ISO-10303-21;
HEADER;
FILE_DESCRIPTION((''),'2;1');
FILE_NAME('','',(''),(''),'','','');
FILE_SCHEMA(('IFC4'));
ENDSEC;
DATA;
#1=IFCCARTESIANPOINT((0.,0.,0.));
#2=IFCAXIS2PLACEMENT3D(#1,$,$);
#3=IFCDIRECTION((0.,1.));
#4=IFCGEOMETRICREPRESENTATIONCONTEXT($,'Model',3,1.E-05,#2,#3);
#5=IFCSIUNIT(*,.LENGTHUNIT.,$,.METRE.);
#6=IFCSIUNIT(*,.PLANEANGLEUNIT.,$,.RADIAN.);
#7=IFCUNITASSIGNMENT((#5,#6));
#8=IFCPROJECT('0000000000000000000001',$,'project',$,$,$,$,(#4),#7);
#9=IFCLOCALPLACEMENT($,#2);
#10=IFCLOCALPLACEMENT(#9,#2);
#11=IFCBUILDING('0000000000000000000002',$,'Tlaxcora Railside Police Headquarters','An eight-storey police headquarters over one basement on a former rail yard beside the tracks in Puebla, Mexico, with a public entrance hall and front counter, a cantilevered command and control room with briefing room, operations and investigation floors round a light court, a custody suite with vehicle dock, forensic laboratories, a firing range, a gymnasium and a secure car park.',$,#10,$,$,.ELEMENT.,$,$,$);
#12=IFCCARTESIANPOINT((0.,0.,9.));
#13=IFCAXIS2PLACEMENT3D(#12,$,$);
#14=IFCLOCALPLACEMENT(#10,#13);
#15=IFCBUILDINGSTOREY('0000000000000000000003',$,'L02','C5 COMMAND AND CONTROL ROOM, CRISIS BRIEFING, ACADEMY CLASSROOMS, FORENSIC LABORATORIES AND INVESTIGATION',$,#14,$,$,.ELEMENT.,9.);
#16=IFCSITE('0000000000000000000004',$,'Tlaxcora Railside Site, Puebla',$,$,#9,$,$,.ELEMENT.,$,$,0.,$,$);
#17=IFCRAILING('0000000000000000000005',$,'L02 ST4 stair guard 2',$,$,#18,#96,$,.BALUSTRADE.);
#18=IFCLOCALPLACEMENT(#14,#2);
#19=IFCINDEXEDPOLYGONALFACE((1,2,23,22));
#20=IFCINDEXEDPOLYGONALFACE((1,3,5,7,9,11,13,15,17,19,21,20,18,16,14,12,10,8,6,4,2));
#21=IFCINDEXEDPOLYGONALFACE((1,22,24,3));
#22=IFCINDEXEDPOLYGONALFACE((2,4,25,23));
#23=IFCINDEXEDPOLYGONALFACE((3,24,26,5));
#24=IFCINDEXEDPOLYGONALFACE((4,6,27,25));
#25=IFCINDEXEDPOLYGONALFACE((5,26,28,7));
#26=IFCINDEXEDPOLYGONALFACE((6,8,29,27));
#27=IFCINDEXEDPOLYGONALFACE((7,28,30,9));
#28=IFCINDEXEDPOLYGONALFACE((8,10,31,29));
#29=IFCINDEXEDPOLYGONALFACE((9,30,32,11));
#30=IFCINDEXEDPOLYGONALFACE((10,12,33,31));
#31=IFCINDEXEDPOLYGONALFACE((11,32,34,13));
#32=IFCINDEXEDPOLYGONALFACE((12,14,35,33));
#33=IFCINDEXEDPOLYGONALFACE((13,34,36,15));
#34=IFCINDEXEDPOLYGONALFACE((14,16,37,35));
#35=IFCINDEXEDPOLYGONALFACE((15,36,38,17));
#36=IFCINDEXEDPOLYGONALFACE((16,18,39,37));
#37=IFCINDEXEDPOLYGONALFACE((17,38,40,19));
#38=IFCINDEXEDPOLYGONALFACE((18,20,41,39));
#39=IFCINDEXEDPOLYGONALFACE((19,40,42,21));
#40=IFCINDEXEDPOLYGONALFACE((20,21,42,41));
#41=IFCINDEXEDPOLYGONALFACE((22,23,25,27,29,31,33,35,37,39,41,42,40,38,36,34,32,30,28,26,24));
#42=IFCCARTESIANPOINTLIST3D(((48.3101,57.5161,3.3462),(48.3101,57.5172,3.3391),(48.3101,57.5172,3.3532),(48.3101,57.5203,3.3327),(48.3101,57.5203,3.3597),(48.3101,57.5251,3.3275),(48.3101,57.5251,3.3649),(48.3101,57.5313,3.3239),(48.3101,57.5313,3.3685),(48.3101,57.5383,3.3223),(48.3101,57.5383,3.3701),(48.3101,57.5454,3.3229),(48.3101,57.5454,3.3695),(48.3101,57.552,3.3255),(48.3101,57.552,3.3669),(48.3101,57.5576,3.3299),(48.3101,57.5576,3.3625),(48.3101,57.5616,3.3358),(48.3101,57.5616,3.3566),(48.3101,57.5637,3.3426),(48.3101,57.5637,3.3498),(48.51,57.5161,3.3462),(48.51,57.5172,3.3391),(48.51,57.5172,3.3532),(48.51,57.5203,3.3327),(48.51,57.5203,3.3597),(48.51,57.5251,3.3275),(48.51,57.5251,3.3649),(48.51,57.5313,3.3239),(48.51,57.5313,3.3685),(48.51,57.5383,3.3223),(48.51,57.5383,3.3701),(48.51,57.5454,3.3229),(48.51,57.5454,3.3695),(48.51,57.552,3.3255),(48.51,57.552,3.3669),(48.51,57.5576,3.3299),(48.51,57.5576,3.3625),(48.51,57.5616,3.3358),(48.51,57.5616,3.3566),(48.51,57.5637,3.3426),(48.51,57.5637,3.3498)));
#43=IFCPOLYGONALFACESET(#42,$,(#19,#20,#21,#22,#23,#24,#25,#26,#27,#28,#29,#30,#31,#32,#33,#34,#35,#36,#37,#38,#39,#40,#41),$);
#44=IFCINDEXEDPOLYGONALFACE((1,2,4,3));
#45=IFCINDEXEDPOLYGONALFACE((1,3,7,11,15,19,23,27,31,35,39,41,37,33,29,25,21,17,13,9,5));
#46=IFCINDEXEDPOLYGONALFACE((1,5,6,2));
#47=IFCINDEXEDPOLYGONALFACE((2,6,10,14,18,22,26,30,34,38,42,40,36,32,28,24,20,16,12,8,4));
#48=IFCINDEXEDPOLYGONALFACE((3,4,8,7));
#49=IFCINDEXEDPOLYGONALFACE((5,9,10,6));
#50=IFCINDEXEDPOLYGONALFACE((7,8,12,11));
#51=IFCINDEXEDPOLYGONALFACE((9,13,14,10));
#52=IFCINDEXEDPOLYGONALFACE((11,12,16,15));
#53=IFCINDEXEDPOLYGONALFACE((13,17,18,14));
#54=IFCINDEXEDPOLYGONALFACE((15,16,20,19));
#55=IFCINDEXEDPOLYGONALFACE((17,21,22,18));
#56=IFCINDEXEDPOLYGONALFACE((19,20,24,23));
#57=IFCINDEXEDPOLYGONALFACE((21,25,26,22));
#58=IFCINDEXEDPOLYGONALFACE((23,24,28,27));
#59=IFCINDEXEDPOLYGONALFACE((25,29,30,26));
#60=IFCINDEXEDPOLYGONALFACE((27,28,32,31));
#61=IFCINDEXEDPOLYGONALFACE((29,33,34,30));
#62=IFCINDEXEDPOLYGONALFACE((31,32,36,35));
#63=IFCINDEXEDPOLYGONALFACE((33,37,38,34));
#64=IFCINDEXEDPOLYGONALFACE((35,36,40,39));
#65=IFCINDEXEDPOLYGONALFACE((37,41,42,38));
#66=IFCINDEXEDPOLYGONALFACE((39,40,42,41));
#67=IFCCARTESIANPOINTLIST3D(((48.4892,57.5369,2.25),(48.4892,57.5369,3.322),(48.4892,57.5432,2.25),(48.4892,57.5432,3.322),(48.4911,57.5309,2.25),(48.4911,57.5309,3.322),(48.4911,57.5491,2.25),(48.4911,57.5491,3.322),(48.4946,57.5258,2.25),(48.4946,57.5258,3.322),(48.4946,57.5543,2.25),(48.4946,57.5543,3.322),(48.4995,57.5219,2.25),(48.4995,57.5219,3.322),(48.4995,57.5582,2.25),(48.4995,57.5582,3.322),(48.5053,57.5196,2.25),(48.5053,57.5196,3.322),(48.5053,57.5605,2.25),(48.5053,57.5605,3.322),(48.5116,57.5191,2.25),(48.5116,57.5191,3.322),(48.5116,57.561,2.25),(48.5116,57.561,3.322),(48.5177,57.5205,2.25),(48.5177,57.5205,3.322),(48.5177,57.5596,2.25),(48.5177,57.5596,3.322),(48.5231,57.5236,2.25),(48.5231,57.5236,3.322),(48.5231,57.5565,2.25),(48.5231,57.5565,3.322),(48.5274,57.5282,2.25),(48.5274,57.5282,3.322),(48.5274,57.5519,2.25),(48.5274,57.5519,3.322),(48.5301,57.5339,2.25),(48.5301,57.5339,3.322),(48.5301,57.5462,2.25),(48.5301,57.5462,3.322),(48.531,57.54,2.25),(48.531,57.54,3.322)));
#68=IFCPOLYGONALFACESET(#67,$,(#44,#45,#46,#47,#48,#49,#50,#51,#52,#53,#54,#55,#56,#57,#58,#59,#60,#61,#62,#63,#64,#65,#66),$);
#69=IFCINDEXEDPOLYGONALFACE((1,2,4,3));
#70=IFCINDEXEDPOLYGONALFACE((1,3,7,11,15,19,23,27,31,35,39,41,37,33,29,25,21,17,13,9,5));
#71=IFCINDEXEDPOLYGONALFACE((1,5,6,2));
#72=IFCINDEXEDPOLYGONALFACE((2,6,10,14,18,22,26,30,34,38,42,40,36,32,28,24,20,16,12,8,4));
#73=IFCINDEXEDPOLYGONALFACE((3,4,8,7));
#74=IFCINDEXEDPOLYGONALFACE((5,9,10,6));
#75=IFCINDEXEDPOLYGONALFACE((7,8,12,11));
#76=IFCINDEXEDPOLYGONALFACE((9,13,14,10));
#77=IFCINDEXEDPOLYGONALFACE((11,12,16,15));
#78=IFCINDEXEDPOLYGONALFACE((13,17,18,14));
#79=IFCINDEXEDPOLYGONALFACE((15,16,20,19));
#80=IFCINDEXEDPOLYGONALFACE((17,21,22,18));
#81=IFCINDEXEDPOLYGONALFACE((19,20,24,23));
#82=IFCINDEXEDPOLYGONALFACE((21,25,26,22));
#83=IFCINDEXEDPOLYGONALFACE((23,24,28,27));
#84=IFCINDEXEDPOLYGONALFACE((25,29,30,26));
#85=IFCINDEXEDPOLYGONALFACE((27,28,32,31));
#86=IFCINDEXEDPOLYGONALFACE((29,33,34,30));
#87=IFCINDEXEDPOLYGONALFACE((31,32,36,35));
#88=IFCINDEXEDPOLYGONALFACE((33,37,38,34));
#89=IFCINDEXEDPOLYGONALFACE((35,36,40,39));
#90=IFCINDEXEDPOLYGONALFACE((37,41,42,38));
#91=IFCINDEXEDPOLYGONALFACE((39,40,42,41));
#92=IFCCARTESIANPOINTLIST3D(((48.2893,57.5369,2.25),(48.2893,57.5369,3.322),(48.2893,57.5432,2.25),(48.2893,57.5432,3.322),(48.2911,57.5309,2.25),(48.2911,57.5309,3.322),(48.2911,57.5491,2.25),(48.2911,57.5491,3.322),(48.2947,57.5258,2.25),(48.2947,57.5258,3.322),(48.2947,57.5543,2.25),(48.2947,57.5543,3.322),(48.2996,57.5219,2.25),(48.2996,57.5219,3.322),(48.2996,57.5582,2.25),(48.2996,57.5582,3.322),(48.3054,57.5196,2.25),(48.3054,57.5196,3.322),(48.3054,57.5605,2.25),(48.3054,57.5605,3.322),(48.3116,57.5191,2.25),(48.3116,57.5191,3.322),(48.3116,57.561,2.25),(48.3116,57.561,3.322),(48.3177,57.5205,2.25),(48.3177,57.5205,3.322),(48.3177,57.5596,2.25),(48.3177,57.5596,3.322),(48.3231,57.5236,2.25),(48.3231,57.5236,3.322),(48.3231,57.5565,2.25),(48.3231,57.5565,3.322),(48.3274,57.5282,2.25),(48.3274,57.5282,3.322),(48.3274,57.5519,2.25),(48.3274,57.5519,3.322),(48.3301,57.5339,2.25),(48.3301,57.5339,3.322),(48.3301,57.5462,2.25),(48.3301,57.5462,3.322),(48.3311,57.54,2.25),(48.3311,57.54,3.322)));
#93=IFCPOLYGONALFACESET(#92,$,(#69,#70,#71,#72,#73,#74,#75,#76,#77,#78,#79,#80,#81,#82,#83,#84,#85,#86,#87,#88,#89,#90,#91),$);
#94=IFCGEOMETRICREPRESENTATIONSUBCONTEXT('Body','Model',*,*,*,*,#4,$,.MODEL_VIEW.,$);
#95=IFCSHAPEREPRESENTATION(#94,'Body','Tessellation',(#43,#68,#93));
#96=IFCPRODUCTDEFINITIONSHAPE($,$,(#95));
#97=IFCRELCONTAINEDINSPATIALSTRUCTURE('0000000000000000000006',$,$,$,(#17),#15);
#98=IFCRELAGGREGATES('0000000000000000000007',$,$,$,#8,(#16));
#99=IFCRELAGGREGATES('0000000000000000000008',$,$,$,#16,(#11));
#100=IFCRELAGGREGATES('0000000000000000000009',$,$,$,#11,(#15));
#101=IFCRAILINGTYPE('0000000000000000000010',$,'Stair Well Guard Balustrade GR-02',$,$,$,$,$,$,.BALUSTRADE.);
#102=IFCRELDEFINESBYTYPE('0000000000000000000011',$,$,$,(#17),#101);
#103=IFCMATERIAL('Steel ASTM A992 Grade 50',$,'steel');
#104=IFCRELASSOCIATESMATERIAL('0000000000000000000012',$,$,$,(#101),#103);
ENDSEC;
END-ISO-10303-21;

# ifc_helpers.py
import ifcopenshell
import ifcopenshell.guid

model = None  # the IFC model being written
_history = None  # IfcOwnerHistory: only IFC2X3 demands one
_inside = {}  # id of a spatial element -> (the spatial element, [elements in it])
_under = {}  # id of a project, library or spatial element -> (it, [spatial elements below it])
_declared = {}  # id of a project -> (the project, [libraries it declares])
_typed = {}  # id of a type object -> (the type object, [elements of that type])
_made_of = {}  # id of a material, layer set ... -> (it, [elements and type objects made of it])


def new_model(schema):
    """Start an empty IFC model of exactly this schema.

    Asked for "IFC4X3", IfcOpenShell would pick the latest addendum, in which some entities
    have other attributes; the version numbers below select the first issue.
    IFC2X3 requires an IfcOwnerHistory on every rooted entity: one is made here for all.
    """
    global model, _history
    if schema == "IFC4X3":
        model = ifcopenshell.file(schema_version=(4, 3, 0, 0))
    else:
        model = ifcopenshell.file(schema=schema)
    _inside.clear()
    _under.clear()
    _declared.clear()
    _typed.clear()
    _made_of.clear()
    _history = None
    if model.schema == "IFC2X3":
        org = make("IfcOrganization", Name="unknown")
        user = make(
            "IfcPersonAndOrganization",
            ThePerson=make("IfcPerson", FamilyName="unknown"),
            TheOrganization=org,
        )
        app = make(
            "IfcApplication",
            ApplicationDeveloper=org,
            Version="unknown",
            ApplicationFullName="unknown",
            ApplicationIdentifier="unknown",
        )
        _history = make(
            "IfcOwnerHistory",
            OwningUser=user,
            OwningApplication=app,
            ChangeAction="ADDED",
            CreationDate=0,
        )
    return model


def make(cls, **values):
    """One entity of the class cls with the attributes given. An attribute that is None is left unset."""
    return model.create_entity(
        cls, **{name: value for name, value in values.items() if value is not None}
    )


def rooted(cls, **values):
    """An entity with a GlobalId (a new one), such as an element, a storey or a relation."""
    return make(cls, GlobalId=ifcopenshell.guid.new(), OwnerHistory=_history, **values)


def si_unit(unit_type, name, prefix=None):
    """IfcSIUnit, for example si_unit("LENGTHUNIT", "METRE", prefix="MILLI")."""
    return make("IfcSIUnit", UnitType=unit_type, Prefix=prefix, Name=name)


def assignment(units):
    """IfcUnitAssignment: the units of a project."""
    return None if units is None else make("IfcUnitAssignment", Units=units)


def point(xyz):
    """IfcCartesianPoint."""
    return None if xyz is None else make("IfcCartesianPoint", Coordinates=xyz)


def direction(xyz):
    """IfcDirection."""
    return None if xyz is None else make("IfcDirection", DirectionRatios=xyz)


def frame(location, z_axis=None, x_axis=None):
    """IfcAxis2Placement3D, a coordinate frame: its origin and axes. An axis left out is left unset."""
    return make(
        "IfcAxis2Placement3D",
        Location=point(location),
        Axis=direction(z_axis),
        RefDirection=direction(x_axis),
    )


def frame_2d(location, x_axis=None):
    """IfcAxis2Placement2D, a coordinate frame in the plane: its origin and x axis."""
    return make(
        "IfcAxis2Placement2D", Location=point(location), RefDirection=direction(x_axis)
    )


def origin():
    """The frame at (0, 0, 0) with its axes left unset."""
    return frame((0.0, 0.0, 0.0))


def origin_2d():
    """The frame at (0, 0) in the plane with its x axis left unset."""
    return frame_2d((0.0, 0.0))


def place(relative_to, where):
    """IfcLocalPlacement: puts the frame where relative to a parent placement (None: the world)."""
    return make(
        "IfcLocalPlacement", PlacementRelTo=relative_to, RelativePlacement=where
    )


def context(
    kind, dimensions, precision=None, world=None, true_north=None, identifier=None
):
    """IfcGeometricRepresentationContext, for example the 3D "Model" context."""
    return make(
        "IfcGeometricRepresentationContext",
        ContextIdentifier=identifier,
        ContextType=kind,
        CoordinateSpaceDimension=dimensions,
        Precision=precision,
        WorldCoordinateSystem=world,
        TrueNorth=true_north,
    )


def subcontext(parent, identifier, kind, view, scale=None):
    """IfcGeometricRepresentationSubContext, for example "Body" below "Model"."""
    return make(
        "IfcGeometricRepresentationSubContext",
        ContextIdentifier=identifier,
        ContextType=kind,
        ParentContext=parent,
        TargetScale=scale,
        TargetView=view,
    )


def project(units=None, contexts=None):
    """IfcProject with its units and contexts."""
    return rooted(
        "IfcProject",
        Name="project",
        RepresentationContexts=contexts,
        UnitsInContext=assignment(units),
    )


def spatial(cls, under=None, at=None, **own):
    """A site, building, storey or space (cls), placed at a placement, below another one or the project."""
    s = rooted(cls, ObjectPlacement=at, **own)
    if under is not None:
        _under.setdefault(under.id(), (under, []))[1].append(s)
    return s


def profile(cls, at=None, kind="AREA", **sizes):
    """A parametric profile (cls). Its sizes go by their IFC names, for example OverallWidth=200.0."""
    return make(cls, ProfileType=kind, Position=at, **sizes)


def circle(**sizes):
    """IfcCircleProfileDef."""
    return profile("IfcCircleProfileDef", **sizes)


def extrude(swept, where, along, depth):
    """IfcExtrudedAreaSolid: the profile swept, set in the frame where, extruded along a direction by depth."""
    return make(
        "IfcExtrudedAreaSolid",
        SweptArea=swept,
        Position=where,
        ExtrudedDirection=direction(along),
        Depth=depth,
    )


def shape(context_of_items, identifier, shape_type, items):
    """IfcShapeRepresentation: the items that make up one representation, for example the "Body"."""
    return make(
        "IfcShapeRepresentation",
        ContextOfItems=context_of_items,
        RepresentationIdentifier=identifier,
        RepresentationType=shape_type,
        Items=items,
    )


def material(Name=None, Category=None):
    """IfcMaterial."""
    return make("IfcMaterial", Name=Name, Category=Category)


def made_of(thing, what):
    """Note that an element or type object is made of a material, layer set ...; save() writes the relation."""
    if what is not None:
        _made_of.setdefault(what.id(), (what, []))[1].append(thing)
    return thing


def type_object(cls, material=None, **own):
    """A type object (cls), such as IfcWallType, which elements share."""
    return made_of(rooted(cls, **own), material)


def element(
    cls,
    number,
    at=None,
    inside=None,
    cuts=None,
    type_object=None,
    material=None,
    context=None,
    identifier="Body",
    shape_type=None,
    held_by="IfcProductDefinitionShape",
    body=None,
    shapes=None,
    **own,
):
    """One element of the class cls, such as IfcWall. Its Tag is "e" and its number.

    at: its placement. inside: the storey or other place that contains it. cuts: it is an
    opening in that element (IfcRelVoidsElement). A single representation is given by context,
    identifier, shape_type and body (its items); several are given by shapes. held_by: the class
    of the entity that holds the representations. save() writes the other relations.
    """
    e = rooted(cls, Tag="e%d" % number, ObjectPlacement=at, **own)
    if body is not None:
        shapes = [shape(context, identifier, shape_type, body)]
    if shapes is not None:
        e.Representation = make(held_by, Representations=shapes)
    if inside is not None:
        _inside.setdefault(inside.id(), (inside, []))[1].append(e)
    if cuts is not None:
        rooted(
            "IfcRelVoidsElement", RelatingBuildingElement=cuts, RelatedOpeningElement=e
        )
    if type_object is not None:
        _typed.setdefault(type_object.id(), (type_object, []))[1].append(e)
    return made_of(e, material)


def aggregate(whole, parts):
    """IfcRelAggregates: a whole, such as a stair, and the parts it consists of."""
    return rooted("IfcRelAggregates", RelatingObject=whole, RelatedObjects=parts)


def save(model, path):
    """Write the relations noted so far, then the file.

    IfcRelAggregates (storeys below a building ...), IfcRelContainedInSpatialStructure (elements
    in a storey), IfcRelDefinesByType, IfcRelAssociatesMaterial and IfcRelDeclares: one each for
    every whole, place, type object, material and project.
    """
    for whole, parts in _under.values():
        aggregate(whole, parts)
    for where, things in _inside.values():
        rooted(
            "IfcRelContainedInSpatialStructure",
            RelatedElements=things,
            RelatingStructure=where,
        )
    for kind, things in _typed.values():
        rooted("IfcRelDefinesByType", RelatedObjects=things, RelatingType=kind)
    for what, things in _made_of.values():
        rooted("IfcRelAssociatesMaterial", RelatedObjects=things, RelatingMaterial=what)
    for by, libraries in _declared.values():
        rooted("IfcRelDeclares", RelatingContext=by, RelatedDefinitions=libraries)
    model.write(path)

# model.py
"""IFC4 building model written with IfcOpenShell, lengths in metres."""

from ifc_helpers import new_model, si_unit, direction, frame, origin, origin_2d, place, context, subcontext, project, spatial, circle, extrude, material, type_object, element, save


model = new_model("IFC4")

# Units and contexts
model_context = context("Model", 3, precision=1e-05, world=origin(), true_north=direction((0.0, 1.0)))
body_context = subcontext(model_context, "Body", "Model", "MODEL_VIEW")
ifc_project = project(units=[si_unit("LENGTHUNIT", "METRE"), si_unit("PLANEANGLEUNIT", "RADIAN")], contexts=[model_context])

# Site, building, storey
site_placement = place(None, origin())
site = spatial("IfcSite", under=ifc_project, at=site_placement, Name="Tlaxcora Railside Site, Puebla", CompositionType="ELEMENT", RefElevation=0.0)
building_placement = place(site_placement, origin())
building = spatial("IfcBuilding", under=site, at=building_placement, Name="Tlaxcora Railside Police Headquarters", Description="An eight-storey police headquarters over one basement on a former rail yard beside the tracks in Puebla, Mexico, with a public entrance hall and front counter, a cantilevered command and control room with briefing room, operations and investigation floors round a light court, a custody suite with vehicle dock, forensic laboratories, a firing range, a gymnasium and a secure car park.", CompositionType="ELEMENT")
storey_placement = place(building_placement, frame((0.0, 0.0, 9.0)))
storey = spatial("IfcBuildingStorey", under=building, at=storey_placement, Name="L02", Description="C5 COMMAND AND CONTROL ROOM, CRISIS BRIEFING, ACADEMY CLASSROOMS, FORENSIC LABORATORIES AND INVESTIGATION", CompositionType="ELEMENT", Elevation=9.0)

# Shared definitions
ifc_material_1 = material(Name="Steel ASTM A992 Grade 50", Category="steel")

# Railing
railing_type_1 = type_object("IfcRailingType", Name="Stair Well Guard Balustrade GR-02", PredefinedType="BALUSTRADE", material=ifc_material_1)
railing_1_placement = place(storey_placement, frame((48.51, 57.54, 2.25)))
element("IfcRailing", 1, at=railing_1_placement, inside=storey, type_object=railing_type_1, Name="L02 ST4 stair guard 2", PredefinedType="BALUSTRADE", context=body_context, shape_type="SweptSolid", body=[
    extrude(circle(Radius=0.0239, at=origin_2d()), frame((0.0, 0.0, 1.0962), z_axis=(-1.0, 0.0, 0.0), x_axis=(0.0, -1.0, 0.0)), (0.0, 0.0, 1.0), 0.2),
    extrude(circle(Radius=0.021, at=origin_2d()), origin(), (0.0, 0.0, 1.0), 1.072),
    extrude(circle(Radius=0.021, at=origin_2d()), frame((-0.2, 0.0, 0.0)), (0.0, 0.0, 1.0), 1.072),
])

save(model, "model.ifc")
